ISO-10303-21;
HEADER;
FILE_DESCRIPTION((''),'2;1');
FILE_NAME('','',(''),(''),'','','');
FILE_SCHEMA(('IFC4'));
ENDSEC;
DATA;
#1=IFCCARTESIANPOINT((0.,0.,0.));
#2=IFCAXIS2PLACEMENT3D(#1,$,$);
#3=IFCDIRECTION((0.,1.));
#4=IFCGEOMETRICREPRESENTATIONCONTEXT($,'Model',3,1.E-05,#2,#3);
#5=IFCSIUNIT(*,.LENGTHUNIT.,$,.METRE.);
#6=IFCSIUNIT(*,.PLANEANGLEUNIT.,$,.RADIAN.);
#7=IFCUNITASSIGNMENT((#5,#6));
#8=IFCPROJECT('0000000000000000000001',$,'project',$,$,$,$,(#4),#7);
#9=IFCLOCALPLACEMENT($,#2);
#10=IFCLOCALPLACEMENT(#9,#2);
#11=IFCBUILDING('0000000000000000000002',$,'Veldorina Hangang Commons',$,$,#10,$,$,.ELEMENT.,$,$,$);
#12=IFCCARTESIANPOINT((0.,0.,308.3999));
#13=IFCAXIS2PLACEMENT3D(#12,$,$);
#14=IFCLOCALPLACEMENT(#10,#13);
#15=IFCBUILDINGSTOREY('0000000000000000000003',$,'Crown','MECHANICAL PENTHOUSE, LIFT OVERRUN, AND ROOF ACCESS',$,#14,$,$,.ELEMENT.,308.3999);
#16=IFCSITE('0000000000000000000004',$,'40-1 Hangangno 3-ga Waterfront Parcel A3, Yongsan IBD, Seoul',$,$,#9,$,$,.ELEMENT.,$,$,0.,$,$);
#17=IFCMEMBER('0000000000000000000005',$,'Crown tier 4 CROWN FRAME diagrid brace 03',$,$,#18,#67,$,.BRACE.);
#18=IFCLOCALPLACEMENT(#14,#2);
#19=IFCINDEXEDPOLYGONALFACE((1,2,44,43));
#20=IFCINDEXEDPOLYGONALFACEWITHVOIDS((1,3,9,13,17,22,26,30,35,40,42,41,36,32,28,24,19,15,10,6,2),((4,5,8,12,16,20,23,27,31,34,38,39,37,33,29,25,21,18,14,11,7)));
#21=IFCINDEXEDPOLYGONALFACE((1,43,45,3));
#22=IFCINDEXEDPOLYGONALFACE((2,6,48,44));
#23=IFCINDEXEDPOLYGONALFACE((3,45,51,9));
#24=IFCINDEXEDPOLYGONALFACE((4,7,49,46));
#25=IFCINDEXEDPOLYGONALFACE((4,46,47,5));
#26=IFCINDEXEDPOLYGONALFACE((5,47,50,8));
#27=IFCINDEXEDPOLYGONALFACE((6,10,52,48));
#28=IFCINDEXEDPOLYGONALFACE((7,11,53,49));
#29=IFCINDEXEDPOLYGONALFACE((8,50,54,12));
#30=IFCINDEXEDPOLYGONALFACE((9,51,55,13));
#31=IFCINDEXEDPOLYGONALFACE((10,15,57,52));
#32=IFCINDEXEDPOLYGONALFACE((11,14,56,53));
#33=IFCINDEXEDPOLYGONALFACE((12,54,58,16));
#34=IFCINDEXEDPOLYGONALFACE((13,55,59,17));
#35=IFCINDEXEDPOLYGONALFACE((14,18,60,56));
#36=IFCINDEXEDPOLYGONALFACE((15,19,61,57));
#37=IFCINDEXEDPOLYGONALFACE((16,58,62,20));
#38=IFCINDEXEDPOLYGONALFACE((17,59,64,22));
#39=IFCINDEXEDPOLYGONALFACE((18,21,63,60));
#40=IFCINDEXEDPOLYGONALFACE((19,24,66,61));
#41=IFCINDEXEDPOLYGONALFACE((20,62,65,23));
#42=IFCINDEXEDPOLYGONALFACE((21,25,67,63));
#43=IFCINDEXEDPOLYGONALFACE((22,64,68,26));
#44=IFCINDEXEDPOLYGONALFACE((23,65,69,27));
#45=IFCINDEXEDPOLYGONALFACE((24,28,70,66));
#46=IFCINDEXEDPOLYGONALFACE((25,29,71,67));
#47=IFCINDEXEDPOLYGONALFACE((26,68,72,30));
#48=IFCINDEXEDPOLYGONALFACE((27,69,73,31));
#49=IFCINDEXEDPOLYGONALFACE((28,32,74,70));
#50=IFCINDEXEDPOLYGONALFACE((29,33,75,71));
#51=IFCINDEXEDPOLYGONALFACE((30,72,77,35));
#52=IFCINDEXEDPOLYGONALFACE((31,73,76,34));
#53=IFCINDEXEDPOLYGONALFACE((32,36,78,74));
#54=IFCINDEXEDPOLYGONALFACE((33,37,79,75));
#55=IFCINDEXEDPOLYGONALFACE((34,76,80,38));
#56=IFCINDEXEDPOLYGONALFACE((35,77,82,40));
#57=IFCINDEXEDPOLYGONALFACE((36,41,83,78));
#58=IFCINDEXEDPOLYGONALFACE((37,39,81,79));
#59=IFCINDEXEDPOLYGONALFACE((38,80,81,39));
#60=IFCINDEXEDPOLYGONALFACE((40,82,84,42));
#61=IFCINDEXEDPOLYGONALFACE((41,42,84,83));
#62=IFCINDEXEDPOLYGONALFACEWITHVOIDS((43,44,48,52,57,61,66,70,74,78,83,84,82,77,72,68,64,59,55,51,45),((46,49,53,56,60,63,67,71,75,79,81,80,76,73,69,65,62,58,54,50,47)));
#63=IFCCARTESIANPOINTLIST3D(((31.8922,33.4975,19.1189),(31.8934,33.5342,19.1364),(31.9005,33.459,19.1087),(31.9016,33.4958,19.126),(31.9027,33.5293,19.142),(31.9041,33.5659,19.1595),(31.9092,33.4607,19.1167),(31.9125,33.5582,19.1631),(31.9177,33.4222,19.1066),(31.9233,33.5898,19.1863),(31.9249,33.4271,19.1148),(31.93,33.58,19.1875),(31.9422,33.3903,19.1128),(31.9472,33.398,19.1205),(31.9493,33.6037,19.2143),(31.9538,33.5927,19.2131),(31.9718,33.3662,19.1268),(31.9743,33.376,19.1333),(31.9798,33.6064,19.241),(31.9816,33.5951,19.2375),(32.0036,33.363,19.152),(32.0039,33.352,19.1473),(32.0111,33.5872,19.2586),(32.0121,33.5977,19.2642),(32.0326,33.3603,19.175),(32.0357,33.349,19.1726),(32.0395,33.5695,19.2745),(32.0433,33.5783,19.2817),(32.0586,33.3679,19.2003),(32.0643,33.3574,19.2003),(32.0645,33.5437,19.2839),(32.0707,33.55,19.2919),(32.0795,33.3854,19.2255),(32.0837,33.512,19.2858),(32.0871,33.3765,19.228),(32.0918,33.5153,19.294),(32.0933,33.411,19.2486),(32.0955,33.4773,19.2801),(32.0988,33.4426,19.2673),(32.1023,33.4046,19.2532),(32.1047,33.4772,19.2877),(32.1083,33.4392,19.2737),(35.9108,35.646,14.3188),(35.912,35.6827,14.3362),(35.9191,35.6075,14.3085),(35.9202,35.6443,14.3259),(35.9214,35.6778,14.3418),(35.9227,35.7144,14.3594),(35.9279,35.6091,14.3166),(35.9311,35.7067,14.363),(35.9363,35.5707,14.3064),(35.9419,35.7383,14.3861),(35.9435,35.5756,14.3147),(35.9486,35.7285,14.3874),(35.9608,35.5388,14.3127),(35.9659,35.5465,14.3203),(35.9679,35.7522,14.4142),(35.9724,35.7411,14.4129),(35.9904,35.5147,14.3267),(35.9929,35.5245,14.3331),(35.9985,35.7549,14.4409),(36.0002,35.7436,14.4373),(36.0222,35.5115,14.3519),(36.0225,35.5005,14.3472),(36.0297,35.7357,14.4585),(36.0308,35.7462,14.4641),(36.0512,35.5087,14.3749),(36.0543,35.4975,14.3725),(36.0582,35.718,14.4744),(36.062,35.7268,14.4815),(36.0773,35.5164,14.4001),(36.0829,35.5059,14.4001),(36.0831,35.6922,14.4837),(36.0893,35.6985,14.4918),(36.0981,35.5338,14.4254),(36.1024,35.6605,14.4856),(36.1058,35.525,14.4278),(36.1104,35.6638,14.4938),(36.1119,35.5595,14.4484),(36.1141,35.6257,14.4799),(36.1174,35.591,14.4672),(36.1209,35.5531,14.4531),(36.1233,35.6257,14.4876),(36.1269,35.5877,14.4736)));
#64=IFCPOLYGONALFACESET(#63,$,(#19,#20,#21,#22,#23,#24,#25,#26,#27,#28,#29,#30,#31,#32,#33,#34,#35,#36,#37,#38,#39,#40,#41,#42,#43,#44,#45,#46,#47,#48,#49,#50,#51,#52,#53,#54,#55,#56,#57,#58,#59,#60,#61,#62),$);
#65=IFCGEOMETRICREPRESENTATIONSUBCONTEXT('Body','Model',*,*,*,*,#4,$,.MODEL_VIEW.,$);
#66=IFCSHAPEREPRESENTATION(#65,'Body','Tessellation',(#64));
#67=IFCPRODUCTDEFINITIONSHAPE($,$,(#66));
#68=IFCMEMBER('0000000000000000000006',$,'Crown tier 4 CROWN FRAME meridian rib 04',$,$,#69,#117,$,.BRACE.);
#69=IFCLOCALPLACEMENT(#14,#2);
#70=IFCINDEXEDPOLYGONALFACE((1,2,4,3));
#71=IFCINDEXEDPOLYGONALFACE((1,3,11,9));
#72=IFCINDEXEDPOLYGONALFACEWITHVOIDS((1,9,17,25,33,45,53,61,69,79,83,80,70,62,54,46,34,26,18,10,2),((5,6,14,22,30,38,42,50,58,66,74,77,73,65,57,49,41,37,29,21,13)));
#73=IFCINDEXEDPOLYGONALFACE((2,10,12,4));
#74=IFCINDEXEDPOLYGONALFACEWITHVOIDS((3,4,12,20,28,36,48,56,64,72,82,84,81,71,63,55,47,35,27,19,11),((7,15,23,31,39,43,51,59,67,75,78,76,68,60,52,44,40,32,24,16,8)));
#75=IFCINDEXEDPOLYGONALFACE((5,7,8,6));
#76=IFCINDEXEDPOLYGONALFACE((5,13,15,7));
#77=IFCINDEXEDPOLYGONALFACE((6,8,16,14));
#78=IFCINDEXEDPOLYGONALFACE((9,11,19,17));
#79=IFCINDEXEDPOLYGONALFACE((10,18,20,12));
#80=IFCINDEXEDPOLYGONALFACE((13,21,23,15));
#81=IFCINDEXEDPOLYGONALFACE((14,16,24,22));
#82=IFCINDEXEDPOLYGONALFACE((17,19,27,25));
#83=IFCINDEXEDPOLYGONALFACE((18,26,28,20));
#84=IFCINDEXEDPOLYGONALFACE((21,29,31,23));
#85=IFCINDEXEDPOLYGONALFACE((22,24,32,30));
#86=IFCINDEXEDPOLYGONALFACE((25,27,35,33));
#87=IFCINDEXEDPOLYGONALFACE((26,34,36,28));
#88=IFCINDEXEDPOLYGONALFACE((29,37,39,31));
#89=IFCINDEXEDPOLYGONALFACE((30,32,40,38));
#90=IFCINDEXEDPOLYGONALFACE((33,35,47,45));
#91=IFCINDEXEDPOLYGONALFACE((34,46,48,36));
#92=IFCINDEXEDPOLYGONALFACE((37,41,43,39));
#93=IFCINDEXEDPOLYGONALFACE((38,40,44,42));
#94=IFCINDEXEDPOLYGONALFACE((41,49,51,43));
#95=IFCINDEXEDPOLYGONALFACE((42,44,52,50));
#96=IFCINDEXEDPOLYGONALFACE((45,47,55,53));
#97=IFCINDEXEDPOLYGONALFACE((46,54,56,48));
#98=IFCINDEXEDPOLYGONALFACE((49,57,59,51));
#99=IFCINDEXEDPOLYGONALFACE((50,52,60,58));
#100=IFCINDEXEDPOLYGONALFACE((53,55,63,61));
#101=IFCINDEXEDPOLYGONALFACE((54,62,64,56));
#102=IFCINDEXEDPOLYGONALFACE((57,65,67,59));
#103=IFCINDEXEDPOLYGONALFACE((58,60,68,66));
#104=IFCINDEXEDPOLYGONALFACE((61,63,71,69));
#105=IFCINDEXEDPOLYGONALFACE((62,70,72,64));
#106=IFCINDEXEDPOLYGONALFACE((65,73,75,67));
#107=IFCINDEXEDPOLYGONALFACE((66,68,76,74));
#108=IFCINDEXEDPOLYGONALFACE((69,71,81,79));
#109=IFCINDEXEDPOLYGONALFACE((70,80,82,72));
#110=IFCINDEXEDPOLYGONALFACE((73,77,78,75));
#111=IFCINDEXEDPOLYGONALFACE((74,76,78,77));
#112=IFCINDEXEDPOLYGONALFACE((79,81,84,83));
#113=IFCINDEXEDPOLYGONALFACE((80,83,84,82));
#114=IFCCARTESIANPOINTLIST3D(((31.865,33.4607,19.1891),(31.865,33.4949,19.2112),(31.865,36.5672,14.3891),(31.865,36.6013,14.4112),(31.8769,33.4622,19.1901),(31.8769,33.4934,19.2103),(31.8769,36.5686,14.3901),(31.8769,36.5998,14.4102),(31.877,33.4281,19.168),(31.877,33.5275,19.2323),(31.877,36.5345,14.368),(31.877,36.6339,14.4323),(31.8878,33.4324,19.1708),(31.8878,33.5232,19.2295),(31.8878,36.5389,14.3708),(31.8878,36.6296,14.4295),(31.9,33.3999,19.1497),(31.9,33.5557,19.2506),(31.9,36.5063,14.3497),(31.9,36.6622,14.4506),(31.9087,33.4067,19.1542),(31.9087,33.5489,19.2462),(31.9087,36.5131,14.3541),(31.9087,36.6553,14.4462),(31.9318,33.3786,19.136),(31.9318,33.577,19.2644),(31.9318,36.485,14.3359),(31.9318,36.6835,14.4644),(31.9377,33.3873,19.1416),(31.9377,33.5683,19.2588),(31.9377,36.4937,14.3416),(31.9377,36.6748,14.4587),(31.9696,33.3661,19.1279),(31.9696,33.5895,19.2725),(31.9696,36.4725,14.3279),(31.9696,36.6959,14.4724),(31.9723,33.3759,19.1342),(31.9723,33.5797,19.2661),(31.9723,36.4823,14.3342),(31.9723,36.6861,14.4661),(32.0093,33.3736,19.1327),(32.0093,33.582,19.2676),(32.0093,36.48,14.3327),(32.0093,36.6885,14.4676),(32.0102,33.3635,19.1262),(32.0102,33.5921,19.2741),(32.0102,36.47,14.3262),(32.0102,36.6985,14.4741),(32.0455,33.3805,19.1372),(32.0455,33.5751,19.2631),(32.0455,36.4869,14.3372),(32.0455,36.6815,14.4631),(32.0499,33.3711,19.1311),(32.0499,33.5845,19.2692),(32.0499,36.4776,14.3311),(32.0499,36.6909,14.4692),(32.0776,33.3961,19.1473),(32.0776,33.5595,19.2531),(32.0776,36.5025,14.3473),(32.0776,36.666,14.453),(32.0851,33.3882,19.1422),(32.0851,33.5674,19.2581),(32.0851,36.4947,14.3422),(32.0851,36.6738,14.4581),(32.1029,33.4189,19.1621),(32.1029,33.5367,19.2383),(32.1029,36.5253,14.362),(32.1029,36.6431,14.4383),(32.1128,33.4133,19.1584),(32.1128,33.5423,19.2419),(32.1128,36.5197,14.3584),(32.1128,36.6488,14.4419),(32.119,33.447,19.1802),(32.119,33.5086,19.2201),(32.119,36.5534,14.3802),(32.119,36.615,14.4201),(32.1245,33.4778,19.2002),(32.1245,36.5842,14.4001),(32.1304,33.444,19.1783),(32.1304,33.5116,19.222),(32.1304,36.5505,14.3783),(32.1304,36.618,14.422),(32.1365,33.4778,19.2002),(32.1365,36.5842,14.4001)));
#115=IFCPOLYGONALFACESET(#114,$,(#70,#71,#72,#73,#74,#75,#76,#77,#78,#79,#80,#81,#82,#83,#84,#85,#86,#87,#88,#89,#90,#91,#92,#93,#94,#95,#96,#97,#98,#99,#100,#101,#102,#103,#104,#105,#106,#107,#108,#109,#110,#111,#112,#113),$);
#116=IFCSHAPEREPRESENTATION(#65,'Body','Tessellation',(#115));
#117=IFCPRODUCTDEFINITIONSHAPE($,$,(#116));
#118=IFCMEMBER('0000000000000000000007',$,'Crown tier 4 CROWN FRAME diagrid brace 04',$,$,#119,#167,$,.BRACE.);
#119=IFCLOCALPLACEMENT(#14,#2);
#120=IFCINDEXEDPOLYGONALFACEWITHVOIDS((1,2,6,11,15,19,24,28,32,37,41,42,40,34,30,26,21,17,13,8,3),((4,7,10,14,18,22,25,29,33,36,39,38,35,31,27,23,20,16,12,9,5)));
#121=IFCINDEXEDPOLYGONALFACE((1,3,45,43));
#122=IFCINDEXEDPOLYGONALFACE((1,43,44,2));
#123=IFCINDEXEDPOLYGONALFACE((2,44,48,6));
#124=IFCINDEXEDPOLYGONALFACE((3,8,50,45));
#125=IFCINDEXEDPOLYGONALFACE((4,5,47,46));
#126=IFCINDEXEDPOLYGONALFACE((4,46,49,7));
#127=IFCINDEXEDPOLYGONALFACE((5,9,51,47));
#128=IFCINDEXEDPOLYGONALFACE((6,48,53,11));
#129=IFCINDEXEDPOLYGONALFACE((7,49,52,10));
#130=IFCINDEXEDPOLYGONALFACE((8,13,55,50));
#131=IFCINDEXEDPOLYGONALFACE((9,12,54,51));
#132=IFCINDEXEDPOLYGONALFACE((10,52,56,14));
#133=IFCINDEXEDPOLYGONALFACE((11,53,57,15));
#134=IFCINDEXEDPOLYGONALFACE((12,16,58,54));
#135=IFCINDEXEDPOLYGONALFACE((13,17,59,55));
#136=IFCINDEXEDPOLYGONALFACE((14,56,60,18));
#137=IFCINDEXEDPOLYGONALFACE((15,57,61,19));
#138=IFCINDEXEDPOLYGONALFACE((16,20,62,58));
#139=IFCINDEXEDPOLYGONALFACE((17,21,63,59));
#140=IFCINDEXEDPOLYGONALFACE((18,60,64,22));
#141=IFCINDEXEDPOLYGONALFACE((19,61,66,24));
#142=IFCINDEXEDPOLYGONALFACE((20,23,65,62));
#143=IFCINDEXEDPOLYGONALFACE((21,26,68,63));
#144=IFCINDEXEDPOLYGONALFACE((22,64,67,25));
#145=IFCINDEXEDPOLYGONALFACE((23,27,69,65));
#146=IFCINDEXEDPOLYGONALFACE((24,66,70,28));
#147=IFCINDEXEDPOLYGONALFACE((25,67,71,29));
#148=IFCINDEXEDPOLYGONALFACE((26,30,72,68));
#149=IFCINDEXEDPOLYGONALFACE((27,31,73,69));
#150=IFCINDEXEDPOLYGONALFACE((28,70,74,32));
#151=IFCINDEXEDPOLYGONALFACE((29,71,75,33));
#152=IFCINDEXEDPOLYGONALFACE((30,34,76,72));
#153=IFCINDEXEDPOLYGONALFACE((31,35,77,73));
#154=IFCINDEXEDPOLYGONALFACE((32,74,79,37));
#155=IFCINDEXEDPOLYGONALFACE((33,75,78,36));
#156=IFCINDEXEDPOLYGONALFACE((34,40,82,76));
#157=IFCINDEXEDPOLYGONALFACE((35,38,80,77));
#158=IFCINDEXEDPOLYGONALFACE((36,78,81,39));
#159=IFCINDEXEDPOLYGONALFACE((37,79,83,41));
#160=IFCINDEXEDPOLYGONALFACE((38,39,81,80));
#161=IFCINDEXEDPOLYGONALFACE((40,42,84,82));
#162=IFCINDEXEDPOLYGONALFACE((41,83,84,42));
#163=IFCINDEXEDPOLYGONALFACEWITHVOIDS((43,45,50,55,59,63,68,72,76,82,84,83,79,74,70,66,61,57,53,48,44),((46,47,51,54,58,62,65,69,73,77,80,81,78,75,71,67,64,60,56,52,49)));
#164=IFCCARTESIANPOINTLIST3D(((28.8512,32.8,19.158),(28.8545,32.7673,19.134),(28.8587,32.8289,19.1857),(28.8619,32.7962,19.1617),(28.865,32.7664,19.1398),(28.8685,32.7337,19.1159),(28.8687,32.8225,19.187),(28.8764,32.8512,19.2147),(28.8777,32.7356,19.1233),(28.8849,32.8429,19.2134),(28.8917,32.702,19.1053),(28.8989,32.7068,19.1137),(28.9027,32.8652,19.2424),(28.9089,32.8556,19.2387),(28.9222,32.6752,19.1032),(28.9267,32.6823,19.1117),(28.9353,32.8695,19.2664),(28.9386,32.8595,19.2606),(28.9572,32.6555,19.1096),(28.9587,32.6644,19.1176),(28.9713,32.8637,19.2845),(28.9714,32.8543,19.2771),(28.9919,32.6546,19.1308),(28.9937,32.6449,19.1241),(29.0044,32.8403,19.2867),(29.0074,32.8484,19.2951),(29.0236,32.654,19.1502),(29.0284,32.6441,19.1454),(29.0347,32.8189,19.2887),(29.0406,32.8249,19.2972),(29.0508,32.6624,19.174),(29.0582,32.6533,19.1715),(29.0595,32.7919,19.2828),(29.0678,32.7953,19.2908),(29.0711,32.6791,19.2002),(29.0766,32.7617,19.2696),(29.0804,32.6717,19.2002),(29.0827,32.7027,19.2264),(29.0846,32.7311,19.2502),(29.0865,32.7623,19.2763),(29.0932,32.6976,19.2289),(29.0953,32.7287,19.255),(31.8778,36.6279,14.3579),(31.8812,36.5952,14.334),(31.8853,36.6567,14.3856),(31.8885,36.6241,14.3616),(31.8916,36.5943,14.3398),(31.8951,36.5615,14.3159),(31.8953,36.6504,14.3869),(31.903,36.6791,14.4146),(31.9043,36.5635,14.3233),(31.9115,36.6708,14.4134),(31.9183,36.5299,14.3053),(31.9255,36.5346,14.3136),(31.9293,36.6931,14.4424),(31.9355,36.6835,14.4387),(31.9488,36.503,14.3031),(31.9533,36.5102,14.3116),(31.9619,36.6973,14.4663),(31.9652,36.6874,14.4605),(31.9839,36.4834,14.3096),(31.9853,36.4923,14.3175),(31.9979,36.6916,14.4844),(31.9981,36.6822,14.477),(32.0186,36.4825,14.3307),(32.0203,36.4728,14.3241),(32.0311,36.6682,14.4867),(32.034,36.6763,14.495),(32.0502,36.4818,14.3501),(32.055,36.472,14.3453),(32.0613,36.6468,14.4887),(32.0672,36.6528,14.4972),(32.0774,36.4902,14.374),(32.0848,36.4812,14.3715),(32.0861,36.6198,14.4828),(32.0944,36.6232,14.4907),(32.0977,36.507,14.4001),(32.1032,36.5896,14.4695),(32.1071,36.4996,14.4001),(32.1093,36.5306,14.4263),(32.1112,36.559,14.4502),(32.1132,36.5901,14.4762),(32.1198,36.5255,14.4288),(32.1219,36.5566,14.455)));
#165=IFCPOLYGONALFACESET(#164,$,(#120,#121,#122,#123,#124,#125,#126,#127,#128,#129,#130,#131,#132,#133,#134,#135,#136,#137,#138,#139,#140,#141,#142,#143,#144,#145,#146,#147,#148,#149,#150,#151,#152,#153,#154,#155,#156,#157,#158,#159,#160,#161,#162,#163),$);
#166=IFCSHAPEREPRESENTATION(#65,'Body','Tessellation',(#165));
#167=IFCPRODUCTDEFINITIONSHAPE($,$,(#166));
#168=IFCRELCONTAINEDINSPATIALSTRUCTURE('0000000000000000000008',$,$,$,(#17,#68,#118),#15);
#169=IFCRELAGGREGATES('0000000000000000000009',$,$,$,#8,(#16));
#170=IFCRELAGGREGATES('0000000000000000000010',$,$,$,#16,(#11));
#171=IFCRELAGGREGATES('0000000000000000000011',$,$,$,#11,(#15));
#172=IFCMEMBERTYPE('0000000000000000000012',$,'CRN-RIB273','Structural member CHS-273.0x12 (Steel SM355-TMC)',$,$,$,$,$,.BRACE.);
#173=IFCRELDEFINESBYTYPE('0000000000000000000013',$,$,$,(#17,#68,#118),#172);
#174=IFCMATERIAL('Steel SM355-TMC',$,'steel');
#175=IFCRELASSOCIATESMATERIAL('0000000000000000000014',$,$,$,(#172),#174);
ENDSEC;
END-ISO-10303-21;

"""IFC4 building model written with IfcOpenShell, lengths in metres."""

from ifc_helpers import new_model, si_unit, direction, frame, origin, origin_2d, place, context, subcontext, project, spatial, hollow_circle, extrude, material, material_profile, profile_set, type_object, element, save


model = new_model("IFC4")

# Units and contexts
model_context = context("Model", 3, precision=1e-05, world=origin(), true_north=direction((0.0, 1.0)))
body_context = subcontext(model_context, "Body", "Model", "MODEL_VIEW")
ifc_project = project(units=[si_unit("LENGTHUNIT", "METRE"), si_unit("PLANEANGLEUNIT", "RADIAN")], contexts=[model_context])

# Site, building, storey
site_placement = place(None, origin())
site = spatial("IfcSite", under=ifc_project, at=site_placement, Name="40-1 Hangangno 3-ga Waterfront Parcel A3, Yongsan IBD, Seoul", CompositionType="ELEMENT", RefElevation=0.0)
building_placement = place(site_placement, origin())
building = spatial("IfcBuilding", under=site, at=building_placement, Name="Veldorina Hangang Commons", CompositionType="ELEMENT")
storey_placement = place(building_placement, frame((0.0, 0.0, 308.3999)))
storey = spatial("IfcBuildingStorey", under=building, at=storey_placement, Name="Crown", Description="MECHANICAL PENTHOUSE, LIFT OVERRUN, AND ROOF ACCESS", CompositionType="ELEMENT", Elevation=308.3999)

# Members
ifc_material_1 = material(Name="Steel SM355-TMC", Category="steel")
ifc_material_profile_1 = material_profile(ifc_material_1, hollow_circle(Radius=0.1365, WallThickness=0.012, at=origin_2d()), Name="CHS-273.0x12")
ifc_profile_set_1 = profile_set([ifc_material_profile_1], Name="Steel SM355-TMC")
member_type_1 = type_object("IfcMemberType", Name="CRN-RIB273", Description="Structural member CHS-273.0x12 (Steel SM355-TMC)", PredefinedType="BRACE", material=ifc_profile_set_1)
member_1_placement = place(storey_placement, frame((36.0186, 35.6262, 14.4001), z_axis=(-0.607167, -0.324609, 0.725243), x_axis=(0.471478, -0.881878, 0.0)))
element("IfcMember", 1, at=member_1_placement, inside=storey, type_object=member_type_1, Name="Crown tier 4 CROWN FRAME diagrid brace 03", PredefinedType="BRACE", context=body_context, shape_type="SweptSolid", body=[
    extrude(hollow_circle(Radius=0.1365, WallThickness=0.012, at=origin_2d()), origin(), (0.0, 0.0, 1.0), 6.6187),
])
member_2_placement = place(storey_placement, frame((32.0, 36.5842, 14.4001), z_axis=(0.0, -0.543317, 0.839528), x_axis=(1.0, 0.0, 0.0)))
element("IfcMember", 2, at=member_2_placement, inside=storey, type_object=member_type_1, Name="Crown tier 4 CROWN FRAME meridian rib 04", PredefinedType="BRACE", context=body_context, shape_type="SweptSolid", body=[
    extrude(hollow_circle(Radius=0.1365, WallThickness=0.012, at=origin_2d()), origin(), (0.0, 0.0, 1.0), 5.7175),
])
member_3_placement = place(storey_placement, frame((32.0, 36.5842, 14.4001), z_axis=(-0.442166, -0.559226, 0.701253), x_axis=(0.784424, -0.620225, 0.0)))
element("IfcMember", 3, at=member_3_placement, inside=storey, type_object=member_type_1, Name="Crown tier 4 CROWN FRAME diagrid brace 04", PredefinedType="BRACE", context=body_context, shape_type="SweptSolid", body=[
    extrude(hollow_circle(Radius=0.1365, WallThickness=0.012, at=origin_2d()), origin(), (0.0, 0.0, 1.0), 6.845),
])

save(model, "model.ifc")
